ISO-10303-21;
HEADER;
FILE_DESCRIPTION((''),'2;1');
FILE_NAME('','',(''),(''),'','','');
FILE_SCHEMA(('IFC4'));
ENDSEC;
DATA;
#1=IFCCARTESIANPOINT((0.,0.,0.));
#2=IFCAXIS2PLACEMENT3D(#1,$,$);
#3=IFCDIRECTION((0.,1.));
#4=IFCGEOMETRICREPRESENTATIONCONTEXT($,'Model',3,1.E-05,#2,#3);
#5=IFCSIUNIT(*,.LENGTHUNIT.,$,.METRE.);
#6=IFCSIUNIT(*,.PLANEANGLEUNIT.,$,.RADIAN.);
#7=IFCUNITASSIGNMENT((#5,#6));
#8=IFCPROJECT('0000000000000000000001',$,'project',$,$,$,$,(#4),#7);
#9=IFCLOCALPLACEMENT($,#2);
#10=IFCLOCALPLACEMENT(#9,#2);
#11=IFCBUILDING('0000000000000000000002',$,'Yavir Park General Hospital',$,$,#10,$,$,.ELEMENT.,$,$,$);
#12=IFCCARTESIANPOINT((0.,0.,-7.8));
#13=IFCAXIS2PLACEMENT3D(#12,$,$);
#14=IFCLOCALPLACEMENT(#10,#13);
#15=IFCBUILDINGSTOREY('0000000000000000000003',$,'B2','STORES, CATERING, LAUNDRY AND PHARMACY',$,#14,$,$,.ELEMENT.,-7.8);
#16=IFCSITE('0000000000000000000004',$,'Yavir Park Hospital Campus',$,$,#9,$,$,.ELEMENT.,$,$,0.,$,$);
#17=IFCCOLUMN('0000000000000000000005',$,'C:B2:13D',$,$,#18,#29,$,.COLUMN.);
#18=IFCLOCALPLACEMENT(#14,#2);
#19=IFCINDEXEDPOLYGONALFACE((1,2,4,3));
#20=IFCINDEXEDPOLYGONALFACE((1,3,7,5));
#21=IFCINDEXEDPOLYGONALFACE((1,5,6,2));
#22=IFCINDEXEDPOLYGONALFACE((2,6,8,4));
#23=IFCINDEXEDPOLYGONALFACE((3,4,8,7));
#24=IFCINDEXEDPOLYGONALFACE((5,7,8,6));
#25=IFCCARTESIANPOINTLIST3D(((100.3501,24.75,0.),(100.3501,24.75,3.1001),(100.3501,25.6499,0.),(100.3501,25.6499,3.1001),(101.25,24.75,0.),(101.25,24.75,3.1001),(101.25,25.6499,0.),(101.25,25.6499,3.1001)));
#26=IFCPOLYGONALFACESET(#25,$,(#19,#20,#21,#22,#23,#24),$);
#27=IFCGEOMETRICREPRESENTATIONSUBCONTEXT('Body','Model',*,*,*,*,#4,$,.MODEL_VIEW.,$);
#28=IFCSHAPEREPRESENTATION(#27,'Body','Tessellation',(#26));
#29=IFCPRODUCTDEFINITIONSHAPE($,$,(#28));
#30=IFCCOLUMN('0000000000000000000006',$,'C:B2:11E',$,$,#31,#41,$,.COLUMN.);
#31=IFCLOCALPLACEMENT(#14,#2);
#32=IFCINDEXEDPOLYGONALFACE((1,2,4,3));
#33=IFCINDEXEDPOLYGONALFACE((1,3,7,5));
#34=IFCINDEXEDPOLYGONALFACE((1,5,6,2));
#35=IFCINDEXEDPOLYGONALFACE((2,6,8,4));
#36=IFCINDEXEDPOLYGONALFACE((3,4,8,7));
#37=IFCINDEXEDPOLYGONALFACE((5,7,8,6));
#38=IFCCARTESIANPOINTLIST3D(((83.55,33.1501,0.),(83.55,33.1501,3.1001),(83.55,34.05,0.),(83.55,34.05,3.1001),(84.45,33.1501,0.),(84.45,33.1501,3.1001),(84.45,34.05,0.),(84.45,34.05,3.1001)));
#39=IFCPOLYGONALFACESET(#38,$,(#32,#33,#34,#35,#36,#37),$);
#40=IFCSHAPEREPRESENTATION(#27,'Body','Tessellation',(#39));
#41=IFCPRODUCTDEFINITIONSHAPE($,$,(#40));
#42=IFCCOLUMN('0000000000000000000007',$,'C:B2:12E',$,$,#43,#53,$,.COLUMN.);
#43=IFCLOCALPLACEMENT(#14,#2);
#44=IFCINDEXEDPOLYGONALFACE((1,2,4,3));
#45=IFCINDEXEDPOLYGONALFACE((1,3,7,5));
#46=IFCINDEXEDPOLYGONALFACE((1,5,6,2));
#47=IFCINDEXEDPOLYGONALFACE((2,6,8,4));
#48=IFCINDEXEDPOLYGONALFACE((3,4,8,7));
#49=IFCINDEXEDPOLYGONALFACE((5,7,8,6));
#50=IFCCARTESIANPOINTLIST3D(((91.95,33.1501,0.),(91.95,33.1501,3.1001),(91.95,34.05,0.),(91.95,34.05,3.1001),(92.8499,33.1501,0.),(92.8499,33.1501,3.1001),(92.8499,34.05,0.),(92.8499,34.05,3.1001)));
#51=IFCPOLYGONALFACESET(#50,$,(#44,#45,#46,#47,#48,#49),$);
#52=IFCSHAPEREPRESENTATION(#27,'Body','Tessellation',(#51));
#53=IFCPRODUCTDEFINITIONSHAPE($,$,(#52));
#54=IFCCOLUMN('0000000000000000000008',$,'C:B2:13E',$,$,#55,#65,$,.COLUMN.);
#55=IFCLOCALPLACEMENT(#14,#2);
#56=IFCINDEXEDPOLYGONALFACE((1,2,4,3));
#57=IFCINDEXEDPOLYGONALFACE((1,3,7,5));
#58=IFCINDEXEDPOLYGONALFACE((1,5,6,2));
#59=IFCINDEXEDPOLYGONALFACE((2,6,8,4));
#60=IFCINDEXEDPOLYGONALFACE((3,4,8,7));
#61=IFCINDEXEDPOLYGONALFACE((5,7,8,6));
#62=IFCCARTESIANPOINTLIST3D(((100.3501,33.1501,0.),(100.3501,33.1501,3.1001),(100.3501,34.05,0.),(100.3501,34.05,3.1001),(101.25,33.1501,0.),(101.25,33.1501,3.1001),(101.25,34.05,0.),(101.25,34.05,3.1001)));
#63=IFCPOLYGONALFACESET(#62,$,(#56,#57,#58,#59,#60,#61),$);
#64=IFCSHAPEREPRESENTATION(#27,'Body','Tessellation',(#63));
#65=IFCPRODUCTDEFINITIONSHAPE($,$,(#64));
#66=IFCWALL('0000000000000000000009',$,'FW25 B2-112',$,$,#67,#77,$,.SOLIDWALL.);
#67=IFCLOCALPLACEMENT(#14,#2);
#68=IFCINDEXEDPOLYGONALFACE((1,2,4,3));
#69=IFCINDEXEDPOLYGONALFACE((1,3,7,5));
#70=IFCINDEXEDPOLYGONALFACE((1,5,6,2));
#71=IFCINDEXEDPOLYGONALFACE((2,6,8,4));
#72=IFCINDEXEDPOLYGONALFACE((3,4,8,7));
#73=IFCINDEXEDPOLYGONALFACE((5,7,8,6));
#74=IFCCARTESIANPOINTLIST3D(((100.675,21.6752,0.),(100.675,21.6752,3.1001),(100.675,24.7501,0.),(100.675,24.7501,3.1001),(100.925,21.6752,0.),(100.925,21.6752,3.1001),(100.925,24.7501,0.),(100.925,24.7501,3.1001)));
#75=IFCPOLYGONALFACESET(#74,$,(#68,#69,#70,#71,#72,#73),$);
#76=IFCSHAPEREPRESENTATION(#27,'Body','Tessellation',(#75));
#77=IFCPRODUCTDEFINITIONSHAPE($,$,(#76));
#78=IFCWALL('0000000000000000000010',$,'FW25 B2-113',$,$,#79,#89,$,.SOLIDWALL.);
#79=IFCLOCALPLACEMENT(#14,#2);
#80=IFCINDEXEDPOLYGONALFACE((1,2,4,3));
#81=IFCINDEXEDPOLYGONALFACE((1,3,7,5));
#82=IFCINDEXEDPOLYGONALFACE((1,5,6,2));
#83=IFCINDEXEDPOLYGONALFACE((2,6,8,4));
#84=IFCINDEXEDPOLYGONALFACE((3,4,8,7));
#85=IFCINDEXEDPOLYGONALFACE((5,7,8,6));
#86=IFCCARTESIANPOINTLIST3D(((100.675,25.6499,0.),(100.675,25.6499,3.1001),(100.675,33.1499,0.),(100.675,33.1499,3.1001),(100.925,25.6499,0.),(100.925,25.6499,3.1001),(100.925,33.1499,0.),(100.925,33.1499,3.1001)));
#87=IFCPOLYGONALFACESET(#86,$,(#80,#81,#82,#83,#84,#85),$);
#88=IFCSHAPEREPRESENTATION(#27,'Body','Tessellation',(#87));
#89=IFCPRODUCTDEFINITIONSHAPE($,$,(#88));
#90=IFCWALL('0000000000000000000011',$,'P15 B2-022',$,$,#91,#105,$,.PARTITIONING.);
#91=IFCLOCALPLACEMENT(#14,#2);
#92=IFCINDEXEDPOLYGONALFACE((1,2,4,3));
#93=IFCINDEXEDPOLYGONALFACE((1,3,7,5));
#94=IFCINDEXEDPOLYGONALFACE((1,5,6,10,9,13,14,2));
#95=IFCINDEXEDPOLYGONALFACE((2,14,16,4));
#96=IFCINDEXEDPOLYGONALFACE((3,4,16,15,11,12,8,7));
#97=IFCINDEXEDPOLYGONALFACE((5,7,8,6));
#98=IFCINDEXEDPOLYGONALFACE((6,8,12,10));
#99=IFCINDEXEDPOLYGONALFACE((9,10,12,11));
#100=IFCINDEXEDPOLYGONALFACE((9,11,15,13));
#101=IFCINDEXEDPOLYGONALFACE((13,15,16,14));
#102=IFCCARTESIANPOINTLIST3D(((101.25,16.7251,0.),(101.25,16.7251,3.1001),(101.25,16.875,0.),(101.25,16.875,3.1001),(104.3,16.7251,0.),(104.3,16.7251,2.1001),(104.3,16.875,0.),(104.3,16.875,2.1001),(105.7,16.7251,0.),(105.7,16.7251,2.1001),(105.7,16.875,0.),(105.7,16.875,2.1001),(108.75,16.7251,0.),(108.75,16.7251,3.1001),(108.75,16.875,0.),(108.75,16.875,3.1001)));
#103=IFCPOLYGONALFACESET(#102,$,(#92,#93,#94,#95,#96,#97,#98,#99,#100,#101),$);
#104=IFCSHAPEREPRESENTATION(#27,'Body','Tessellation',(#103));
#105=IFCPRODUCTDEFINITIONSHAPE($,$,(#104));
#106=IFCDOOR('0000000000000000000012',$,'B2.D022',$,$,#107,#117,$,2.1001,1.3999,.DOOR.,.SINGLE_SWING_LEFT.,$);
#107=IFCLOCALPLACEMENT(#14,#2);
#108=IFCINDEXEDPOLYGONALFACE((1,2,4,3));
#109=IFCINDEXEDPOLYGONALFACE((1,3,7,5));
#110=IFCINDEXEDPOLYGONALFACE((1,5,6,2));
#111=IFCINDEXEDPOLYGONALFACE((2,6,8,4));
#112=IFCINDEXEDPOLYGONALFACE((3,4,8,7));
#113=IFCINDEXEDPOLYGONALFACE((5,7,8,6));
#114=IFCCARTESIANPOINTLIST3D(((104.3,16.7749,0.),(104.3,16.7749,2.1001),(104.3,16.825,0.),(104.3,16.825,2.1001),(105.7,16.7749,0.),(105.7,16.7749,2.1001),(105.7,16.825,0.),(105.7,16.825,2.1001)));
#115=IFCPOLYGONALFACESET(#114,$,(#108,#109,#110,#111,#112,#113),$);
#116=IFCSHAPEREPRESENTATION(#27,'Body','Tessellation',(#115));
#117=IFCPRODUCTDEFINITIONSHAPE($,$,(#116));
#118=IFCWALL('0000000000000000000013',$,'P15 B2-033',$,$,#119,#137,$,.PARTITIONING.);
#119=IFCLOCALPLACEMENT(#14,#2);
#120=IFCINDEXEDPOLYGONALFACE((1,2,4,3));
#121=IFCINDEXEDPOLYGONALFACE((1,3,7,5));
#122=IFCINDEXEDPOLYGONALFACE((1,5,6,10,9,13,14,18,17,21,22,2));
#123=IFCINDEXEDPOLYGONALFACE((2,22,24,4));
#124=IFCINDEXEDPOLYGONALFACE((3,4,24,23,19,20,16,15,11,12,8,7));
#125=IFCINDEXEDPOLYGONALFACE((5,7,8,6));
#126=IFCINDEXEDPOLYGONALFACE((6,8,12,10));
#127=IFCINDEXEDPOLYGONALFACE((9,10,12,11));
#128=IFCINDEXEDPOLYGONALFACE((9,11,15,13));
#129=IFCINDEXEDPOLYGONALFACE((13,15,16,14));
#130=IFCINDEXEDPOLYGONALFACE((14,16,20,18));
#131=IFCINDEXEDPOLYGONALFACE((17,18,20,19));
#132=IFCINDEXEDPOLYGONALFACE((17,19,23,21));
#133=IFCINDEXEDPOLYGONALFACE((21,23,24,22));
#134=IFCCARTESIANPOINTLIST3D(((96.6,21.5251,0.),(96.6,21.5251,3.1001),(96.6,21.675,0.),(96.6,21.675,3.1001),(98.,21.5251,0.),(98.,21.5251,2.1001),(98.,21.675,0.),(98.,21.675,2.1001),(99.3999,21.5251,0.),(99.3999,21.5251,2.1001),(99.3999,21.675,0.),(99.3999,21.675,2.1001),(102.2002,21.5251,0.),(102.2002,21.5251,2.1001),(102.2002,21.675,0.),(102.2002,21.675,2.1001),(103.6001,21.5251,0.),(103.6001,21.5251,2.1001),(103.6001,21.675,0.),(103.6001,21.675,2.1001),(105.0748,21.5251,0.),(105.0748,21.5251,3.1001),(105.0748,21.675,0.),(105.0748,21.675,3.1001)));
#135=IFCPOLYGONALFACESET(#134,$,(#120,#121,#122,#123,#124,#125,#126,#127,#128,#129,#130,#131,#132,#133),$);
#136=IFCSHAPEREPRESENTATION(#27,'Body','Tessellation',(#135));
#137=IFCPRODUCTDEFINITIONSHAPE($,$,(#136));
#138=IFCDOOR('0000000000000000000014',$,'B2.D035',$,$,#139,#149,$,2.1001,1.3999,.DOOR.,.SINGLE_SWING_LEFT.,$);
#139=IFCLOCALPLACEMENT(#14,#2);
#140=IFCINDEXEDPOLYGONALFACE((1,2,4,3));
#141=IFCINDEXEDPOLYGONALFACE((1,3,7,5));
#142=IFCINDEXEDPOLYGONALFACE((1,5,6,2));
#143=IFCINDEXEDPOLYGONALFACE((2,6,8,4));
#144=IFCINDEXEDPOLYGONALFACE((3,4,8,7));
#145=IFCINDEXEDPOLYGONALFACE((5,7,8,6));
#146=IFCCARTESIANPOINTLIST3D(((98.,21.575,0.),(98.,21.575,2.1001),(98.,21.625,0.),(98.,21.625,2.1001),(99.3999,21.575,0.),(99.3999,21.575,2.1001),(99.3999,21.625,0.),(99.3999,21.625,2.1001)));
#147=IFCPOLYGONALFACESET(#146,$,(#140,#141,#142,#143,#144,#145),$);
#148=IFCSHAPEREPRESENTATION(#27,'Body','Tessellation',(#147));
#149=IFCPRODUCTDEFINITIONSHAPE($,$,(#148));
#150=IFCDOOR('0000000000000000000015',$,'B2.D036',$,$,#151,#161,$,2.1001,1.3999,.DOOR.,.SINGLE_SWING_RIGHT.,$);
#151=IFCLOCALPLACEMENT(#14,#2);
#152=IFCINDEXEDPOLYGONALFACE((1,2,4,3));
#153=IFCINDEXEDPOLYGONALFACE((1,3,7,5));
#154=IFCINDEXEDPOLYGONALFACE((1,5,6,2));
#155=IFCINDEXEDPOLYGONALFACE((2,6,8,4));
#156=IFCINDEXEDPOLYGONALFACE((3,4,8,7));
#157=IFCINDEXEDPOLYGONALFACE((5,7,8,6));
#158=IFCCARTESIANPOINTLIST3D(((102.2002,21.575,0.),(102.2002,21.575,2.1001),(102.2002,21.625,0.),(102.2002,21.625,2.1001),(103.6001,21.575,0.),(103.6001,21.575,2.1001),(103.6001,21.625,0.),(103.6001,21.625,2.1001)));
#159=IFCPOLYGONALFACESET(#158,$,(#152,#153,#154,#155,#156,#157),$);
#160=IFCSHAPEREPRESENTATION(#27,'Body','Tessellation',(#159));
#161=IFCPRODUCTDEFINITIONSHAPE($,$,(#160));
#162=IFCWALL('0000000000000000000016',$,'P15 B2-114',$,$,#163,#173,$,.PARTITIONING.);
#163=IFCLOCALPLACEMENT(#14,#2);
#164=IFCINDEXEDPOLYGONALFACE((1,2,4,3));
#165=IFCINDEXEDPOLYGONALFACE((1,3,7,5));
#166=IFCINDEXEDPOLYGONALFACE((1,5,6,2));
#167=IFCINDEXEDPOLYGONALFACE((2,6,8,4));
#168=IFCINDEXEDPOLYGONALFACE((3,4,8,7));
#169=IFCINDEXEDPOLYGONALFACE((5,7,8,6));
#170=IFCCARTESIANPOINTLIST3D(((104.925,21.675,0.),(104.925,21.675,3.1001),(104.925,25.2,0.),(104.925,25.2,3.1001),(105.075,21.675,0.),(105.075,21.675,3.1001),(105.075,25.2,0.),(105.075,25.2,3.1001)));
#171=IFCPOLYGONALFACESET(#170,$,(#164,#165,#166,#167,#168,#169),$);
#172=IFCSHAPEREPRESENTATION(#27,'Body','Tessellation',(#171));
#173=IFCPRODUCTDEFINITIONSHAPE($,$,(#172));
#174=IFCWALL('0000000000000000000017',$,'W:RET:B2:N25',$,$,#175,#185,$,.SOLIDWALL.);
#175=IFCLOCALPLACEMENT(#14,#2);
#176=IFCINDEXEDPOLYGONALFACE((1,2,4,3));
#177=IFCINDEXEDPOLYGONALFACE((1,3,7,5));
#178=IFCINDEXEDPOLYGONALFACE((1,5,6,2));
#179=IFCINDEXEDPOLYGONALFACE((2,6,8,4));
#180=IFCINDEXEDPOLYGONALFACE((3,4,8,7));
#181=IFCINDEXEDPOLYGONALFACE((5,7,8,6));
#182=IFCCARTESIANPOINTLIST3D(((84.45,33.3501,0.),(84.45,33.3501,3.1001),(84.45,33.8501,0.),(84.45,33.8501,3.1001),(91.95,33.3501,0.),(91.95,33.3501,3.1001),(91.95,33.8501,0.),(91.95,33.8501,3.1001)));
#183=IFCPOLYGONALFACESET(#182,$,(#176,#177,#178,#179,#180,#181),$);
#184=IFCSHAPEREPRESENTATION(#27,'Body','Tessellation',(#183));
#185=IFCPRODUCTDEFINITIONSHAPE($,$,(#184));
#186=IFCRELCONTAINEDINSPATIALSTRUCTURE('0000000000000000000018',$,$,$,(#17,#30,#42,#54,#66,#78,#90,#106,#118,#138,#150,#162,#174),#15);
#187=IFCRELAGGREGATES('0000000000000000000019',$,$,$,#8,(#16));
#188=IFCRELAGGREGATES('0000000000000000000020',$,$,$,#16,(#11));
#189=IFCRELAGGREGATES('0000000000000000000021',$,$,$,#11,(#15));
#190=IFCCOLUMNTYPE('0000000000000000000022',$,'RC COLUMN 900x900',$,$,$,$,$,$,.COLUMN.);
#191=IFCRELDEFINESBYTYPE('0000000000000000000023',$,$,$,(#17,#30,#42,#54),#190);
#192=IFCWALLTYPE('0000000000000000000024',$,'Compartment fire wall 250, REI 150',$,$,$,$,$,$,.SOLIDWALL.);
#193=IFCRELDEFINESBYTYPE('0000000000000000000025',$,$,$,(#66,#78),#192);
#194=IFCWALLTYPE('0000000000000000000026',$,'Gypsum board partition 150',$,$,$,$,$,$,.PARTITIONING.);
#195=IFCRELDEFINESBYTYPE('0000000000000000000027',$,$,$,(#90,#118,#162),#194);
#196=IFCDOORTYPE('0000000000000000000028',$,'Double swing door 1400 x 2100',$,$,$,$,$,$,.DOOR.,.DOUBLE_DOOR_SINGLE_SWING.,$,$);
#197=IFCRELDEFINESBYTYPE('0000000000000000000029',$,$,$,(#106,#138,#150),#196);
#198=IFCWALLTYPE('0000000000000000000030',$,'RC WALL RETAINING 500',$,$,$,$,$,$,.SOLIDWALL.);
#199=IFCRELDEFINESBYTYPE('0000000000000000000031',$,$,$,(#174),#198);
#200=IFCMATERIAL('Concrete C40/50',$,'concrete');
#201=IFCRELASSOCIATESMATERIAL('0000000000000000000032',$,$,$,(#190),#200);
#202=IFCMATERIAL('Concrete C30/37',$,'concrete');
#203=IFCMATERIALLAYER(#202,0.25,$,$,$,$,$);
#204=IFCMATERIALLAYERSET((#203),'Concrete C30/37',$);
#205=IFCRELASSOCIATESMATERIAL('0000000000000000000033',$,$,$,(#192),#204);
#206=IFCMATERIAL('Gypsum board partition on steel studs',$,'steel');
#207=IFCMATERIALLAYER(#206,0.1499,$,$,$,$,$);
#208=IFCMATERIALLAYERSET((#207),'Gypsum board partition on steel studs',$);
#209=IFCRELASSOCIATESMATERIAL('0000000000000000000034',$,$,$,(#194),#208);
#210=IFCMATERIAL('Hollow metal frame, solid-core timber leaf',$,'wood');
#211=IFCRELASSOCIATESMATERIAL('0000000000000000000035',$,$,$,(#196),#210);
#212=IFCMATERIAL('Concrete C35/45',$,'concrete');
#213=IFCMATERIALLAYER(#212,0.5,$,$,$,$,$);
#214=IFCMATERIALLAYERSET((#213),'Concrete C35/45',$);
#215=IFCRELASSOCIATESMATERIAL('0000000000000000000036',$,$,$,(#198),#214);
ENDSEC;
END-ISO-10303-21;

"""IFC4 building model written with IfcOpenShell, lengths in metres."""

from ifc_helpers import new_model, si_unit, direction, frame, frame_2d, origin, origin_2d, place, context, subcontext, project, spatial, rectangle, extrude, material, layer, layer_set, material_profile, profile_set, type_object, element, fill, save


model = new_model("IFC4")

# Units and contexts
model_context = context("Model", 3, precision=1e-05, world=origin(), true_north=direction((0.0, 1.0)))
body_context = subcontext(model_context, "Body", "Model", "MODEL_VIEW")
ifc_project = project(units=[si_unit("LENGTHUNIT", "METRE"), si_unit("PLANEANGLEUNIT", "RADIAN")], contexts=[model_context])

# Site, building, storey
site_placement = place(None, origin())
site = spatial("IfcSite", under=ifc_project, at=site_placement, Name="Yavir Park Hospital Campus", CompositionType="ELEMENT", RefElevation=0.0)
building_placement = place(site_placement, origin())
building = spatial("IfcBuilding", under=site, at=building_placement, Name="Yavir Park General Hospital", CompositionType="ELEMENT")
storey_placement = place(building_placement, frame((0.0, 0.0, -7.8)))
storey = spatial("IfcBuildingStorey", under=building, at=storey_placement, Name="B2", Description="STORES, CATERING, LAUNDRY AND PHARMACY", CompositionType="ELEMENT", Elevation=-7.8)

# Columns
ifc_material_1 = material(Name="Concrete C40/50", Category="concrete")
ifc_material_profile = material_profile(ifc_material_1, rectangle(XDim=0.8999, YDim=0.8999, at=origin_2d()), Name="RC900x900")
ifc_profile_set = profile_set([ifc_material_profile], Name="Concrete C40/50")
column_type = type_object("IfcColumnType", Name="RC COLUMN 900x900", PredefinedType="COLUMN", material=ifc_profile_set)
for number, where, z_axis, x_axis, name in (
    (1, (100.8, 25.2, 0.0), (0.0, 0.0, 1.0), (1.0, 0.0, 0.0), "C:B2:13D"),
    (2, (84.0, 33.6001, 0.0), (0.0, 0.0, 1.0), (1.0, 0.0, 0.0), "C:B2:11E"),
    (3, (92.3999, 33.6001, 0.0), (0.0, 0.0, 1.0), (1.0, 0.0, 0.0), "C:B2:12E"),
    (4, (100.8, 33.6001, 0.0), (0.0, 0.0, 1.0), (1.0, 0.0, 0.0), "C:B2:13E"),
):
    element("IfcColumn", number, at=place(storey_placement, frame(where, z_axis=z_axis, x_axis=x_axis)), inside=storey, type_object=column_type, Name=name, PredefinedType="COLUMN", context=body_context, shape_type="SweptSolid", body=[
        extrude(rectangle(XDim=0.8999, YDim=0.8999, at=origin_2d()), origin(), (0.0, 0.0, 1.0), 3.1001),
    ])

# Shared definitions
ifc_material_2 = material(Name="Concrete C30/37", Category="concrete")
ifc_layer_1 = layer(ifc_material_2, 0.25)
ifc_layer_set_1 = layer_set([ifc_layer_1], Name="Concrete C30/37")
wall_type_1 = type_object("IfcWallType", Name="Compartment fire wall 250, REI 150", PredefinedType="SOLIDWALL", material=ifc_layer_set_1)

# Walls
wall_1_placement = place(storey_placement, frame((100.8, 21.675, 0.0), z_axis=(0.0, 0.0, 1.0), x_axis=(0.0, 1.0, 0.0)))
element("IfcWall", 5, at=wall_1_placement, inside=storey, type_object=wall_type_1, Name="FW25 B2-112", PredefinedType="SOLIDWALL", context=body_context, shape_type="SweptSolid", body=[
    extrude(rectangle(XDim=3.075, YDim=0.25, at=frame_2d((1.5376, 0.0))), origin(), (0.0, 0.0, 1.0), 3.1001),
])
wall_2_placement = place(storey_placement, frame((100.8, 25.6499, 0.0), z_axis=(0.0, 0.0, 1.0), x_axis=(0.0, 1.0, 0.0)))
element("IfcWall", 6, at=wall_2_placement, inside=storey, type_object=wall_type_1, Name="FW25 B2-113", PredefinedType="SOLIDWALL", context=body_context, shape_type="SweptSolid", body=[
    extrude(rectangle(XDim=7.5, YDim=0.25, at=frame_2d((3.75, 0.0))), origin(), (0.0, 0.0, 1.0), 3.1001),
])

# Wall, opening, door
ifc_material_3 = material(Name="Gypsum board partition on steel studs", Category="steel")
ifc_layer_2 = layer(ifc_material_3, 0.1499)
ifc_layer_set_2 = layer_set([ifc_layer_2], Name="Gypsum board partition on steel studs")
wall_type_2 = type_object("IfcWallType", Name="Gypsum board partition 150", PredefinedType="PARTITIONING", material=ifc_layer_set_2)
wall_3_placement = place(storey_placement, frame((101.25, 16.8, 0.0), z_axis=(0.0, 0.0, 1.0), x_axis=(1.0, 0.0, 0.0)))
wall_3 = element("IfcWall", 7, at=wall_3_placement, inside=storey, type_object=wall_type_2, Name="P15 B2-022", PredefinedType="PARTITIONING", context=body_context, shape_type="SweptSolid", body=[
    extrude(rectangle(XDim=7.5, YDim=0.1499, at=frame_2d((3.75, 0.0))), origin(), (0.0, 0.0, 1.0), 3.1001),
])
opening_1_placement = place(wall_3_placement, frame((3.05, 0.0, 0.0)))
opening_1 = element("IfcOpeningElement", 8, at=opening_1_placement, cuts=wall_3, PredefinedType="OPENING", context=body_context, shape_type="SweptSolid", body=[
    extrude(rectangle(XDim=1.3999, YDim=2.1001, at=frame_2d((0.7, 1.05))), frame((0.0, 0.085, 0.0), z_axis=(0.0, -1.0, 0.0), x_axis=(1.0, 0.0, 0.0)), (0.0, 0.0, 1.0), 0.1699),
])
ifc_material_4 = material(Name="Hollow metal frame, solid-core timber leaf", Category="wood")
door_type_1 = type_object("IfcDoorType", Name="Double swing door 1400 x 2100", OperationType="DOUBLE_DOOR_SINGLE_SWING", PredefinedType="DOOR", material=ifc_material_4)
door_1_placement = place(opening_1_placement, origin())
door_1 = element("IfcDoor", 9, at=door_1_placement, inside=storey, type_object=door_type_1, Name="B2.D022", OperationType="SINGLE_SWING_LEFT", OverallHeight=2.1001, OverallWidth=1.3999, PredefinedType="DOOR", context=body_context, shape_type="SweptSolid", body=[
    extrude(rectangle(XDim=1.3999, YDim=2.1001, at=frame_2d((0.7, 1.05))), frame((0.0, 0.0249, 0.0), z_axis=(0.0, -1.0, 0.0), x_axis=(1.0, 0.0, 0.0)), (0.0, 0.0, 1.0), 0.05),
])
fill(opening_1, door_1)

# Wall, openings, doors
wall_4_placement = place(storey_placement, frame((96.6001, 21.6001, 0.0), z_axis=(0.0, 0.0, 1.0), x_axis=(1.0, 0.0, 0.0)))
wall_4 = element("IfcWall", 10, at=wall_4_placement, inside=storey, type_object=wall_type_2, Name="P15 B2-033", PredefinedType="PARTITIONING", context=body_context, shape_type="SweptSolid", body=[
    extrude(rectangle(XDim=8.4749, YDim=0.1499, at=frame_2d((4.2373, 0.0))), origin(), (0.0, 0.0, 1.0), 3.1001),
])
opening_2_placement = place(wall_4_placement, frame((1.3999, 0.0, 0.0)))
opening_2 = element("IfcOpeningElement", 11, at=opening_2_placement, cuts=wall_4, PredefinedType="OPENING", context=body_context, shape_type="SweptSolid", body=[
    extrude(rectangle(XDim=1.3999, YDim=2.1001, at=frame_2d((0.7, 1.05))), frame((0.0, 0.085, 0.0), z_axis=(0.0, -1.0, 0.0), x_axis=(1.0, 0.0, 0.0)), (0.0, 0.0, 1.0), 0.1699),
])
opening_3_placement = place(wall_4_placement, frame((5.6001, 0.0, 0.0)))
opening_3 = element("IfcOpeningElement", 12, at=opening_3_placement, cuts=wall_4, PredefinedType="OPENING", context=body_context, shape_type="SweptSolid", body=[
    extrude(rectangle(XDim=1.3999, YDim=2.1001, at=frame_2d((0.7, 1.05))), frame((0.0, 0.085, 0.0), z_axis=(0.0, -1.0, 0.0), x_axis=(1.0, 0.0, 0.0)), (0.0, 0.0, 1.0), 0.1699),
])
door_2_placement = place(opening_2_placement, origin())
door_2 = element("IfcDoor", 13, at=door_2_placement, inside=storey, type_object=door_type_1, Name="B2.D035", OperationType="SINGLE_SWING_LEFT", OverallHeight=2.1001, OverallWidth=1.3999, PredefinedType="DOOR", context=body_context, shape_type="SweptSolid", body=[
    extrude(rectangle(XDim=1.3999, YDim=2.1001, at=frame_2d((0.7, 1.05))), frame((0.0, 0.0249, 0.0), z_axis=(0.0, -1.0, 0.0), x_axis=(1.0, 0.0, 0.0)), (0.0, 0.0, 1.0), 0.05),
])
fill(opening_2, door_2)
door_3_placement = place(opening_3_placement, origin())
door_3 = element("IfcDoor", 14, at=door_3_placement, inside=storey, type_object=door_type_1, Name="B2.D036", OperationType="SINGLE_SWING_RIGHT", OverallHeight=2.1001, OverallWidth=1.3999, PredefinedType="DOOR", context=body_context, shape_type="SweptSolid", body=[
    extrude(rectangle(XDim=1.3999, YDim=2.1001, at=frame_2d((0.7, 1.05))), frame((0.0, 0.0249, 0.0), z_axis=(0.0, -1.0, 0.0), x_axis=(1.0, 0.0, 0.0)), (0.0, 0.0, 1.0), 0.05),
])
fill(opening_3, door_3)

# Walls
wall_5_placement = place(storey_placement, frame((105.0, 21.675, 0.0), z_axis=(0.0, 0.0, 1.0), x_axis=(0.0, 1.0, 0.0)))
element("IfcWall", 15, at=wall_5_placement, inside=storey, type_object=wall_type_2, Name="P15 B2-114", PredefinedType="PARTITIONING", context=body_context, shape_type="SweptSolid", body=[
    extrude(rectangle(XDim=3.5249, YDim=0.1499, at=frame_2d((1.7625, 0.0))), origin(), (0.0, 0.0, 1.0), 3.1001),
])
ifc_material_5 = material(Name="Concrete C35/45", Category="concrete")
ifc_layer_3 = layer(ifc_material_5, 0.5)
ifc_layer_set_3 = layer_set([ifc_layer_3], Name="Concrete C35/45")
wall_type_3 = type_object("IfcWallType", Name="RC WALL RETAINING 500", PredefinedType="SOLIDWALL", material=ifc_layer_set_3)
for number, where, z_axis, x_axis, name in (
    (16, (84.45, 33.6001, 0.0), (0.0, 0.0, 1.0), (1.0, 0.0, 0.0), "W:RET:B2:N25"),
):
    element("IfcWall", number, at=place(storey_placement, frame(where, z_axis=z_axis, x_axis=x_axis)), inside=storey, type_object=wall_type_3, Name=name, PredefinedType="SOLIDWALL", context=body_context, shape_type="SweptSolid", body=[
        extrude(rectangle(XDim=7.5, YDim=0.5, at=frame_2d((3.75, 0.0))), origin(), (0.0, 0.0, 1.0), 3.1001),
    ])

save(model, "model.ifc")
